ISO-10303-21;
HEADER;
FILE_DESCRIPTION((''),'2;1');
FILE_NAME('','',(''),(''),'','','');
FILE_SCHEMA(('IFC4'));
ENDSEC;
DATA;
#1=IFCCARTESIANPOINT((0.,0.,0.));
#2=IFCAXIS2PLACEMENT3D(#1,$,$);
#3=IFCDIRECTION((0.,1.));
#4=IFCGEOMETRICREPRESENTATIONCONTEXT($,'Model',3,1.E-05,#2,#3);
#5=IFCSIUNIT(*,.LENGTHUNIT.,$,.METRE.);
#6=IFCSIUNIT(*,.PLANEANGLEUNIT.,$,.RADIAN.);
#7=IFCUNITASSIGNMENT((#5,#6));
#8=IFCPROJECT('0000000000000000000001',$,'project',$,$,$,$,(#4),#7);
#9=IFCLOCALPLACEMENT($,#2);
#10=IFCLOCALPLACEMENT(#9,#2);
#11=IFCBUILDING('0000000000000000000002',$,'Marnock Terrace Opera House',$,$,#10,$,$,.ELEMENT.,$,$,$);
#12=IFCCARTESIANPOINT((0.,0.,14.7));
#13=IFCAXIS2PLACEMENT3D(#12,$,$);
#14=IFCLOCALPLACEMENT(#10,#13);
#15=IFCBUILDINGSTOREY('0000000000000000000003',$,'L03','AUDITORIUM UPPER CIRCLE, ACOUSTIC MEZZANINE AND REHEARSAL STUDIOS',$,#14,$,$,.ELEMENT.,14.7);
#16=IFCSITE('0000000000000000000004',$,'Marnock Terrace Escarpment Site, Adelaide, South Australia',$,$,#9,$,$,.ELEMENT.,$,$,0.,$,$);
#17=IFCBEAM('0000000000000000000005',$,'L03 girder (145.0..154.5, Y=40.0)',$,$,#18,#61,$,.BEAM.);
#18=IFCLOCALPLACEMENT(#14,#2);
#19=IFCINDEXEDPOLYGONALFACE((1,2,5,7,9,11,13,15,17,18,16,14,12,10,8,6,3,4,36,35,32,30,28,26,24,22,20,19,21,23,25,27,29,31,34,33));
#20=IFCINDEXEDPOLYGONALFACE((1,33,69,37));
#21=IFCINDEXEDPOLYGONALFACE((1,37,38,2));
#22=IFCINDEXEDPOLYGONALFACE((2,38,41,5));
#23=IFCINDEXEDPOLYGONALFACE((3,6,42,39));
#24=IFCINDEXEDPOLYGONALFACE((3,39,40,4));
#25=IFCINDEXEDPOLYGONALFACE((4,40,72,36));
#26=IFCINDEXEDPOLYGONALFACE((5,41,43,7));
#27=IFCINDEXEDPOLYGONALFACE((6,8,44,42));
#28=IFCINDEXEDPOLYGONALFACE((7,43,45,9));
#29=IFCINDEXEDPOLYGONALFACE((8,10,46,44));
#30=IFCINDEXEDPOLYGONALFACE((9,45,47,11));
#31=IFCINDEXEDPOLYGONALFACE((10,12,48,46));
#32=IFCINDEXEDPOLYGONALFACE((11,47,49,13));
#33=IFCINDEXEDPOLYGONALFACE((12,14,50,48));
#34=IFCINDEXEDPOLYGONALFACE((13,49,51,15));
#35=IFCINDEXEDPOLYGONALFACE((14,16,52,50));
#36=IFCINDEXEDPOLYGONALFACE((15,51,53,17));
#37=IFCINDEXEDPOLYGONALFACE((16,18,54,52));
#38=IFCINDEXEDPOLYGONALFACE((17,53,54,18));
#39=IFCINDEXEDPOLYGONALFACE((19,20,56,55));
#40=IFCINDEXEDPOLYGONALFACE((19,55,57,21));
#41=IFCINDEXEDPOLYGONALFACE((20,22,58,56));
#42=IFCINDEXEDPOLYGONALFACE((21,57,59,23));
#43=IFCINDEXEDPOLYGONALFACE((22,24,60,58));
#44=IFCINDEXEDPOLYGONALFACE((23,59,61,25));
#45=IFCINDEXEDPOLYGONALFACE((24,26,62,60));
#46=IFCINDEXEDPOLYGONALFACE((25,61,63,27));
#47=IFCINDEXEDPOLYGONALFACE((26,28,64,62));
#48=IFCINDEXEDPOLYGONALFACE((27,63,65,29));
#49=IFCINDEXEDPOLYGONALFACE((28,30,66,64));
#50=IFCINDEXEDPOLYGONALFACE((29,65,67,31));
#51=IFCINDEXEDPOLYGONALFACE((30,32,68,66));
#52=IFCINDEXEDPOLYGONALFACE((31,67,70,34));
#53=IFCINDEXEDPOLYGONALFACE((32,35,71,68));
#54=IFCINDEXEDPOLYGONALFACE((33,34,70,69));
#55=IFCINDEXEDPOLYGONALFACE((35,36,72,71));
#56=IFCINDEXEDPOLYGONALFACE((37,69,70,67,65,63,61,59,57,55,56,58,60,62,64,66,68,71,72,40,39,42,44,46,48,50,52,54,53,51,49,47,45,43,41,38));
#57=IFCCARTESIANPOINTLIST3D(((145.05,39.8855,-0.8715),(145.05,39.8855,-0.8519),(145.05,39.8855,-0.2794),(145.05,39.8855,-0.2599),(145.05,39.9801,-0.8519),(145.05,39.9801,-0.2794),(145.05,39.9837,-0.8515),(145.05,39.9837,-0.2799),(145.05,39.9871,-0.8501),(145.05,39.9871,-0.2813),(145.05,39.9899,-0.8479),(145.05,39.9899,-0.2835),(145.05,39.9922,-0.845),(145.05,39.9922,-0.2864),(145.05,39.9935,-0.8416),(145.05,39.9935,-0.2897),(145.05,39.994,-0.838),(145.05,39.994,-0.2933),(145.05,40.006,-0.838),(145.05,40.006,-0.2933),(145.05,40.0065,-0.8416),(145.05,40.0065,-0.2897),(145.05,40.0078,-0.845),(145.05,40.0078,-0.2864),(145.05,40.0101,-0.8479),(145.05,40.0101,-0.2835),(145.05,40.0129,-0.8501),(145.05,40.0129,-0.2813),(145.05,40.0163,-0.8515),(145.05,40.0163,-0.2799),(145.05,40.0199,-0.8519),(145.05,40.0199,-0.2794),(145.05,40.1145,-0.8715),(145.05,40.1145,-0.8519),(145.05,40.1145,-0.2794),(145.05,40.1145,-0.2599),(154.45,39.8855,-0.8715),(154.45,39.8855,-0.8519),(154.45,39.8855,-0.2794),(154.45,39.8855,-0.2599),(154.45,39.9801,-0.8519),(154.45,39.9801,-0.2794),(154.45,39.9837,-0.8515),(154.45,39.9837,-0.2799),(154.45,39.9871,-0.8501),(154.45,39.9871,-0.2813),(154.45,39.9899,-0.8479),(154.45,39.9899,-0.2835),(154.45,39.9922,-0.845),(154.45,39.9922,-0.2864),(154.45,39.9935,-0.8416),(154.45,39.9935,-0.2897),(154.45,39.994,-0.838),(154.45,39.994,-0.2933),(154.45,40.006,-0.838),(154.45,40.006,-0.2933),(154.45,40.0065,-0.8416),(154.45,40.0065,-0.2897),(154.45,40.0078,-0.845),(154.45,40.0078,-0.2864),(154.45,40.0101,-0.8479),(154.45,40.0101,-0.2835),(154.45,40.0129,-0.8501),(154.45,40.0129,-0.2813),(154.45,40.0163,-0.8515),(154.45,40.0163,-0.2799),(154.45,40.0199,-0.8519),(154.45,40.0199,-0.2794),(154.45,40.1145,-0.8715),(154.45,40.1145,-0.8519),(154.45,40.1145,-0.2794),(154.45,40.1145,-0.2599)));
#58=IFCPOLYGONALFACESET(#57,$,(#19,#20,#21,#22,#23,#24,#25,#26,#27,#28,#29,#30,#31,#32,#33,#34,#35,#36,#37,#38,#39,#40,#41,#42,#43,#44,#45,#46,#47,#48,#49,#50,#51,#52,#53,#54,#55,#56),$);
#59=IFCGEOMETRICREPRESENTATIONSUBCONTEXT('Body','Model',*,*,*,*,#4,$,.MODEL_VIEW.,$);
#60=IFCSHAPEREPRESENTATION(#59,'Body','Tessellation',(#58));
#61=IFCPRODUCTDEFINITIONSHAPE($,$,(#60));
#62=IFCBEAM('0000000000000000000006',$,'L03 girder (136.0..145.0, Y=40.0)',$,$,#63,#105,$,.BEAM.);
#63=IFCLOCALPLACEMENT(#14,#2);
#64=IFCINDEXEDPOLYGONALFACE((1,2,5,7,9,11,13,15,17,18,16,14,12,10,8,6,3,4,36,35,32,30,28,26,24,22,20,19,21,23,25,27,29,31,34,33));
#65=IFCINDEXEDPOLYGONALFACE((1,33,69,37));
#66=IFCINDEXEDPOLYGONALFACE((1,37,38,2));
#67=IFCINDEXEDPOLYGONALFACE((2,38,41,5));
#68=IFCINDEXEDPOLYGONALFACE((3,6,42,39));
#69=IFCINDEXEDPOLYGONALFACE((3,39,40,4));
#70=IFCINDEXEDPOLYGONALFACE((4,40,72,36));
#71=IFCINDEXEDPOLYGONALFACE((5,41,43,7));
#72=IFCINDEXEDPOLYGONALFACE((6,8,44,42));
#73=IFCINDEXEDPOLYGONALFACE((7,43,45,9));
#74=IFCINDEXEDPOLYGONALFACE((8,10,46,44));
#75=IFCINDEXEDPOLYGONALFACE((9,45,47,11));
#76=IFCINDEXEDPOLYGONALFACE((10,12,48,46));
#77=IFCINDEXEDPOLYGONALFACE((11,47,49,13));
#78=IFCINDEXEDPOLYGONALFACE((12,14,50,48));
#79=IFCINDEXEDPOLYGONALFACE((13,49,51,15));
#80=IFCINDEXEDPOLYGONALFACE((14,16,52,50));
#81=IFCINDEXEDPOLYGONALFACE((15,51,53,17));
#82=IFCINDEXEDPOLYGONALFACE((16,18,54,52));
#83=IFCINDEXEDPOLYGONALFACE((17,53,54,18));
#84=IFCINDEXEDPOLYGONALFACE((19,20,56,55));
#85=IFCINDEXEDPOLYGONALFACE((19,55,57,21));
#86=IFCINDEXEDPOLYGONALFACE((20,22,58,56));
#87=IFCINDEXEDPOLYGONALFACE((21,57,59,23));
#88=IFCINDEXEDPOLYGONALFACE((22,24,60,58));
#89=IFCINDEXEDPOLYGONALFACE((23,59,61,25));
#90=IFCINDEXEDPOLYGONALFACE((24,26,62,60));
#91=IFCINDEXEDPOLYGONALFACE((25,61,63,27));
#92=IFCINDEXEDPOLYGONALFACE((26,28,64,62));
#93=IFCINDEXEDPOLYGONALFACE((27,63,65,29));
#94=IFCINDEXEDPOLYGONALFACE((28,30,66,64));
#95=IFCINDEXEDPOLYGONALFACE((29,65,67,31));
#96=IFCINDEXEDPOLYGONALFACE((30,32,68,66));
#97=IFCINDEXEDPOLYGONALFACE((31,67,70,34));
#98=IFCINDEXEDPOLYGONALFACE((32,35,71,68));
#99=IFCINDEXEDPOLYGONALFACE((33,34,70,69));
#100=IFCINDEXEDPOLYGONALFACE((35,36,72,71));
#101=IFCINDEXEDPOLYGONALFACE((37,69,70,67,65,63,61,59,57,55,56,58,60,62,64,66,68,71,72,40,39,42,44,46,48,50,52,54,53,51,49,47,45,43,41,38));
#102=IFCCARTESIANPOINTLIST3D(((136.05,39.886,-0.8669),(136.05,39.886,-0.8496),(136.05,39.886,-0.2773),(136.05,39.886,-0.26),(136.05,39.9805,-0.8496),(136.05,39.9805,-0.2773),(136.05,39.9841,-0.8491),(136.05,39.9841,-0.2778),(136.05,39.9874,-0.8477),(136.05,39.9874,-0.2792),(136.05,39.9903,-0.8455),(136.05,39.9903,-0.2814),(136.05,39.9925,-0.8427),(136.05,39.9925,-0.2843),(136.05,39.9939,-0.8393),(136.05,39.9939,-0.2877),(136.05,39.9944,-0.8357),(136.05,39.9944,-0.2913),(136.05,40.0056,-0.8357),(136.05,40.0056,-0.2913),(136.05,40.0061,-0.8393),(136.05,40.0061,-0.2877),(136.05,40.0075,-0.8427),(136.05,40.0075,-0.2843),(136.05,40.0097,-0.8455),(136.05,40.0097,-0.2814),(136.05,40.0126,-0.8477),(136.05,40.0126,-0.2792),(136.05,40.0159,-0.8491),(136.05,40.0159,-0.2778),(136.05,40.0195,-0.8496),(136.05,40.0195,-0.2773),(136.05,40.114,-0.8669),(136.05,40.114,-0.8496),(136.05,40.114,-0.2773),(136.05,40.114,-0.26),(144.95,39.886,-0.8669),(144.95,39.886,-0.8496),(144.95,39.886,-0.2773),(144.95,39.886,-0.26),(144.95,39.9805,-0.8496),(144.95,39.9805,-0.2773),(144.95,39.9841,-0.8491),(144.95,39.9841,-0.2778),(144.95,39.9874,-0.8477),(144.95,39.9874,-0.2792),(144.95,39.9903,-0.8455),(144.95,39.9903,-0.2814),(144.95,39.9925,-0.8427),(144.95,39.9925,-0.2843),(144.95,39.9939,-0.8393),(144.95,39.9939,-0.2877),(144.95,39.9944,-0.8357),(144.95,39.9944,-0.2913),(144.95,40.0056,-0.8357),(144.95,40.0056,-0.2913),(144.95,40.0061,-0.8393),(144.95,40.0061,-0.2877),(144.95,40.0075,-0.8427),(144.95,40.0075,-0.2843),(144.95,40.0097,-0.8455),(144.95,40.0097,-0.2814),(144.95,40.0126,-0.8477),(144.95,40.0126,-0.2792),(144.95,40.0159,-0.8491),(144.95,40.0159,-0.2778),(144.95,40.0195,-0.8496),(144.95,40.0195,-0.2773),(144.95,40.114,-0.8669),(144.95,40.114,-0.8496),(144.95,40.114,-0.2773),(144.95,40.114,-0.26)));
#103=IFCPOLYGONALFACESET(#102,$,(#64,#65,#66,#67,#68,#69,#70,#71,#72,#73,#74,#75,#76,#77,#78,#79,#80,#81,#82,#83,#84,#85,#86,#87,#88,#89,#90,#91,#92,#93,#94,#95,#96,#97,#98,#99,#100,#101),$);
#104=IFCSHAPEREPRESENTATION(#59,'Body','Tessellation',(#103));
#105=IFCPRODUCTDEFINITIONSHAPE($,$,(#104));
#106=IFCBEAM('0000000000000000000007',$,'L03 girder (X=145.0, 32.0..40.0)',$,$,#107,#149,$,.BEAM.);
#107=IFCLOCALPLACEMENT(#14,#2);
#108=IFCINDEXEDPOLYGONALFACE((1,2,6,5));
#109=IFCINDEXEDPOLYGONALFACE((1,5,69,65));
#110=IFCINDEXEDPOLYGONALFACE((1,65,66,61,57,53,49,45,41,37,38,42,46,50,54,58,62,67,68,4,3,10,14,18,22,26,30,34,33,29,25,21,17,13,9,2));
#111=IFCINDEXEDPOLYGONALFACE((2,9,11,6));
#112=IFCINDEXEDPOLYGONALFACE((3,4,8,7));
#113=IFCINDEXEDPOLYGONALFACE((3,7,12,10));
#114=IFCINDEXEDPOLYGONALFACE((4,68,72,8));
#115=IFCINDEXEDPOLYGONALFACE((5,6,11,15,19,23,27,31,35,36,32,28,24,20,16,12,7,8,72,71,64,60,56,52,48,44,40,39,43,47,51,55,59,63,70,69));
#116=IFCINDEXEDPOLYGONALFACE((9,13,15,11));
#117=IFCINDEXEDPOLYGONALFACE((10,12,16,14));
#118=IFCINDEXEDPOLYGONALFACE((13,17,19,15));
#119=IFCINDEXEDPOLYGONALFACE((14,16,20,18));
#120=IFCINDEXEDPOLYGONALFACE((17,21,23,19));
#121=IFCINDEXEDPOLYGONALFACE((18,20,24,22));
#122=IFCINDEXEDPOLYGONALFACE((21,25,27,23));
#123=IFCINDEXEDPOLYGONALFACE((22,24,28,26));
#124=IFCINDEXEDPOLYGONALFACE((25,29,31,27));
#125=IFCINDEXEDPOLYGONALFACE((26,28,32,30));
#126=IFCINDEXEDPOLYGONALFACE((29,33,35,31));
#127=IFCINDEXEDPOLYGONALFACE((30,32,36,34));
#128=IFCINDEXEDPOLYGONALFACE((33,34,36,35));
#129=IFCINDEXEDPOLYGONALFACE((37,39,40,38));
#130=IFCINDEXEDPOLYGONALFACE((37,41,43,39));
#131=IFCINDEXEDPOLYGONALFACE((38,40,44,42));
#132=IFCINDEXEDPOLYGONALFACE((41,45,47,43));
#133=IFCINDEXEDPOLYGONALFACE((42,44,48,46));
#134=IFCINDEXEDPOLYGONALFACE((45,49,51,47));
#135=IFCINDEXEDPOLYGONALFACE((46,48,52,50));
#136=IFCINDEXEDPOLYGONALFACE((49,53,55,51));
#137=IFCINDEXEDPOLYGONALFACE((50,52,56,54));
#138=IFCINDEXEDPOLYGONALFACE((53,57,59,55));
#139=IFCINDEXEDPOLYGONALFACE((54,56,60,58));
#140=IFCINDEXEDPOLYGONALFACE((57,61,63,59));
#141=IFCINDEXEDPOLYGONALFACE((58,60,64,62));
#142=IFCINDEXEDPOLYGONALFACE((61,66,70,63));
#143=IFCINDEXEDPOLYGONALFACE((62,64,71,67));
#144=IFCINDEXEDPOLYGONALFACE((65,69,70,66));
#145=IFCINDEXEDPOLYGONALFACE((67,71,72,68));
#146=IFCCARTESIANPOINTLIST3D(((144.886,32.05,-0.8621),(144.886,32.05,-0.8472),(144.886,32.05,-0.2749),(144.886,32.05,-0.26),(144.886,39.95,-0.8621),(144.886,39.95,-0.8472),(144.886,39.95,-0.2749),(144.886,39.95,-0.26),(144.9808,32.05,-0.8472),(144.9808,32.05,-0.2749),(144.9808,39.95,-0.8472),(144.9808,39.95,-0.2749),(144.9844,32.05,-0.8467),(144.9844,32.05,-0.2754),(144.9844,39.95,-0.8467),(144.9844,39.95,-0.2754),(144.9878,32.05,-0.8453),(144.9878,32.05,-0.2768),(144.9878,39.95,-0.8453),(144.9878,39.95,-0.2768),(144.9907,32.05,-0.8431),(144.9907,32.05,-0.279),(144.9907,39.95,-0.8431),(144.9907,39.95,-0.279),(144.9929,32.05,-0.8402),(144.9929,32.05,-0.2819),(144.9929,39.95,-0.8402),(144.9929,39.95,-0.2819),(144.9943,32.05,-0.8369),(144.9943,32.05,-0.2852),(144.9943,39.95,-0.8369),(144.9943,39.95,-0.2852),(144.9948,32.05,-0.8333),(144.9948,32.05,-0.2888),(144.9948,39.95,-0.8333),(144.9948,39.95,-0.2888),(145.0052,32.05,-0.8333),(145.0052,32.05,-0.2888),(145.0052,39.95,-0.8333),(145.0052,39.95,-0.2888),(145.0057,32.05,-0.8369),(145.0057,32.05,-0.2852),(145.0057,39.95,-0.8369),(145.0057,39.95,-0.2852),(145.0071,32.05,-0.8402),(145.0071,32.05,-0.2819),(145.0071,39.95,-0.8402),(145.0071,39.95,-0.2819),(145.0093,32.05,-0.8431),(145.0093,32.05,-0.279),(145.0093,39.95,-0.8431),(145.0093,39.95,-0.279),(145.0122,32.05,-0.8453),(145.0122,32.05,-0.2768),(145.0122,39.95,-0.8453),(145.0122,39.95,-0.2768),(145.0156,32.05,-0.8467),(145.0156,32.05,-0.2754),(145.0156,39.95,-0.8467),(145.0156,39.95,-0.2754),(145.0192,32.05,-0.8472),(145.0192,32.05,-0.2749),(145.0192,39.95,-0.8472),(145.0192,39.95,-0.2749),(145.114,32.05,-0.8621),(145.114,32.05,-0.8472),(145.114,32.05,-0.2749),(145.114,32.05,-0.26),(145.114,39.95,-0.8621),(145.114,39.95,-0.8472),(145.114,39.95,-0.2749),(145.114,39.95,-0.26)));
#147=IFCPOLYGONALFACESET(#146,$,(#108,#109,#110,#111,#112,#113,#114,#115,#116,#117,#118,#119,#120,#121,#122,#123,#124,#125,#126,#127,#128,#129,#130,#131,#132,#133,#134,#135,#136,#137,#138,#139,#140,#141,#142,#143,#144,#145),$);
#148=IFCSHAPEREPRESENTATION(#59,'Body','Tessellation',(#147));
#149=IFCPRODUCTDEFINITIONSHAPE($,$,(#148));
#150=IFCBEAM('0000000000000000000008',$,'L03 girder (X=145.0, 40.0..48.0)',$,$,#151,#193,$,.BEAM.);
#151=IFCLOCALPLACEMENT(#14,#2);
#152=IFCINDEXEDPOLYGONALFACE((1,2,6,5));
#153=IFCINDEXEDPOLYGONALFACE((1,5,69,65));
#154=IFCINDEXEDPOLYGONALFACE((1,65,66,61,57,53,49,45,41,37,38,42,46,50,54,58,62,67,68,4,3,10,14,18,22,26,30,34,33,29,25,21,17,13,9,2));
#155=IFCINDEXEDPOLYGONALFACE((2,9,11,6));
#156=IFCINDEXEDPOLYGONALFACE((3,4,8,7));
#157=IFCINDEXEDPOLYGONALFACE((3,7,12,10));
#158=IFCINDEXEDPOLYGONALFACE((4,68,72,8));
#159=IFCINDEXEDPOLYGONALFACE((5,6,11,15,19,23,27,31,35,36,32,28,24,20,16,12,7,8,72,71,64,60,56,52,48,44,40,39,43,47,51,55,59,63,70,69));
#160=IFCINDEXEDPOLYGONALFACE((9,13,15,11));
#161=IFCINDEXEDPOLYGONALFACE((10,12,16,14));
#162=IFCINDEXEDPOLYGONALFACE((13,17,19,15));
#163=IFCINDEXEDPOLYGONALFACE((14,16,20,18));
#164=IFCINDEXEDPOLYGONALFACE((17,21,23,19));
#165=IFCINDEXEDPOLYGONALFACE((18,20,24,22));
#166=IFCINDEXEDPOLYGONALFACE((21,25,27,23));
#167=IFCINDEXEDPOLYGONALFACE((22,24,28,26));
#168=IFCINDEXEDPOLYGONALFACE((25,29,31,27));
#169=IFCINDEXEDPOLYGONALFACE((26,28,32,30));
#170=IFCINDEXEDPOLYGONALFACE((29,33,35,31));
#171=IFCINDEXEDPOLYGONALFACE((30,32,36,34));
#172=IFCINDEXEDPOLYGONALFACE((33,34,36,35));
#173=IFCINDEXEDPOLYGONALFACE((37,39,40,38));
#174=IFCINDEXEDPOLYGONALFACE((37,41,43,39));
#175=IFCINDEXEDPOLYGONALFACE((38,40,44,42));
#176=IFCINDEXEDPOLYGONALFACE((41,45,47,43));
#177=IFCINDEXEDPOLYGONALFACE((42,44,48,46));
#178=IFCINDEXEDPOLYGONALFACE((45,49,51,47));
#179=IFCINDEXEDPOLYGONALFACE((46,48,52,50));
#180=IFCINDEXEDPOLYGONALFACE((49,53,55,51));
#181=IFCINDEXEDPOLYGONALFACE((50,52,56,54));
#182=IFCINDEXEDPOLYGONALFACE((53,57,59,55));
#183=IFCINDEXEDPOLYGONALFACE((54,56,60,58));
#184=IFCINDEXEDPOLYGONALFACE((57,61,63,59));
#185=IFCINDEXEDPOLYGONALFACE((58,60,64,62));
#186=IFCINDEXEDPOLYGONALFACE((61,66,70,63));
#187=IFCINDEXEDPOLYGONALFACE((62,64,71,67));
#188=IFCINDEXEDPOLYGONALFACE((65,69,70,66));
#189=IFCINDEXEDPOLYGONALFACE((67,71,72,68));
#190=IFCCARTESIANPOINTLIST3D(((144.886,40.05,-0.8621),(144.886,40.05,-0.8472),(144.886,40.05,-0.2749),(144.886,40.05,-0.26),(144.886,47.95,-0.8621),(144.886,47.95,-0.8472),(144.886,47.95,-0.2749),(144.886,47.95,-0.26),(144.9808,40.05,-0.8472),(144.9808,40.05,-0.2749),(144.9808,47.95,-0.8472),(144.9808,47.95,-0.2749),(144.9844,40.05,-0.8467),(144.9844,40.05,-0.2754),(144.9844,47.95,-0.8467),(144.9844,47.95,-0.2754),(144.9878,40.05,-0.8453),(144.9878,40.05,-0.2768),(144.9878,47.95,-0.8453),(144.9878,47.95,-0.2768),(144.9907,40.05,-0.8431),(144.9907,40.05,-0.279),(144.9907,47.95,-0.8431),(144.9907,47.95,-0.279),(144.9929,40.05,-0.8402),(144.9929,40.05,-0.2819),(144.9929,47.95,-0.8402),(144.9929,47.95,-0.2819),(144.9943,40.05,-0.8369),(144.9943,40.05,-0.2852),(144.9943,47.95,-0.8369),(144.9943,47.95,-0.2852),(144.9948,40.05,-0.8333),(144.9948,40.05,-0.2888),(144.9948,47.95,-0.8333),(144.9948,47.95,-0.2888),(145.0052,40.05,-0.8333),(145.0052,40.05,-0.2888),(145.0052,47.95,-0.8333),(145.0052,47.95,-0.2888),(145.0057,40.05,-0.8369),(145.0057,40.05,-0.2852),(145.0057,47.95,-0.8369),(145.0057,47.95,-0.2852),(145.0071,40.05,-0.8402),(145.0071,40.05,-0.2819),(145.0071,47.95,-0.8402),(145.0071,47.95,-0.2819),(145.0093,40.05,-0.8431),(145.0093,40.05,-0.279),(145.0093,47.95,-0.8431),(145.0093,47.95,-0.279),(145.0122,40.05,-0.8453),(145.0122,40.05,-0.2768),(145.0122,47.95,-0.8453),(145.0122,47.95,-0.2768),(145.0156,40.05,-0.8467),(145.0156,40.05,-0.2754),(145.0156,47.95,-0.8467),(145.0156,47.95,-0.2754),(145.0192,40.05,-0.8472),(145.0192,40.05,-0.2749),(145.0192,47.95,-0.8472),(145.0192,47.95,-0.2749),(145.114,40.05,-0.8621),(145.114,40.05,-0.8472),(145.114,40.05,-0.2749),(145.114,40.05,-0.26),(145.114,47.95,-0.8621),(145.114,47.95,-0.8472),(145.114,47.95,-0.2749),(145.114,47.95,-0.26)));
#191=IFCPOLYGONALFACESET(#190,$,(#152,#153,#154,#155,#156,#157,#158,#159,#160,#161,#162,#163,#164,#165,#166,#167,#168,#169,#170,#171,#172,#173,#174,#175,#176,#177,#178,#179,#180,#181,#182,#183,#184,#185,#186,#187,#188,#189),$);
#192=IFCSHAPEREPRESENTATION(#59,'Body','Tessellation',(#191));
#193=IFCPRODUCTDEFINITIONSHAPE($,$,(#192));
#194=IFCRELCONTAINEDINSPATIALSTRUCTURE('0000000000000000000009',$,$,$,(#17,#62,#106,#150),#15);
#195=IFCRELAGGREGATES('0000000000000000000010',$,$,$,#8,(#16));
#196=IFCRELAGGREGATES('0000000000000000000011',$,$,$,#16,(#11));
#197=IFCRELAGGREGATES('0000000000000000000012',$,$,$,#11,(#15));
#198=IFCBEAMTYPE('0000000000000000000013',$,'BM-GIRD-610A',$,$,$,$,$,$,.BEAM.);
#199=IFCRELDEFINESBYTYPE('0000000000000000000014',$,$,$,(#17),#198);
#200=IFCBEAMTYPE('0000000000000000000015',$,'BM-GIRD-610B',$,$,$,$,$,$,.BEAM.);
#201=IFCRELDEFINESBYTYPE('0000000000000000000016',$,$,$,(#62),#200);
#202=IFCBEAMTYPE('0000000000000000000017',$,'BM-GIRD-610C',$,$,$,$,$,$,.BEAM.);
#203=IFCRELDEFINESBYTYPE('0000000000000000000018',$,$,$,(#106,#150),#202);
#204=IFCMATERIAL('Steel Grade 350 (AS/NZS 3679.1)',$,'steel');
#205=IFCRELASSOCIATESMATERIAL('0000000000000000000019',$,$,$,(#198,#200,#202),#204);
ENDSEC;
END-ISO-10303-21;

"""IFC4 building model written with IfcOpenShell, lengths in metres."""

from ifc_helpers import new_model, si_unit, direction, frame, origin, origin_2d, place, context, subcontext, project, spatial, i_section, extrude, material, material_profile, profile_set, type_object, element, save


model = new_model("IFC4")

# Units and contexts
model_context = context("Model", 3, precision=1e-05, world=origin(), true_north=direction((0.0, 1.0)))
body_context = subcontext(model_context, "Body", "Model", "MODEL_VIEW")
ifc_project = project(units=[si_unit("LENGTHUNIT", "METRE"), si_unit("PLANEANGLEUNIT", "RADIAN")], contexts=[model_context])

# Site, building, storey
site_placement = place(None, origin())
site = spatial("IfcSite", under=ifc_project, at=site_placement, Name="Marnock Terrace Escarpment Site, Adelaide, South Australia", CompositionType="ELEMENT", RefElevation=0.0)
building_placement = place(site_placement, origin())
building = spatial("IfcBuilding", under=site, at=building_placement, Name="Marnock Terrace Opera House", CompositionType="ELEMENT")
storey_placement = place(building_placement, frame((0.0, 0.0, 14.7)))
storey = spatial("IfcBuildingStorey", under=building, at=storey_placement, Name="L03", Description="AUDITORIUM UPPER CIRCLE, ACOUSTIC MEZZANINE AND REHEARSAL STUDIOS", CompositionType="ELEMENT", Elevation=14.7)

# Shared definitions
ifc_material_1 = material(Name="Steel Grade 350 (AS/NZS 3679.1)", Category="steel")

# Beams
ifc_material_profile_1 = material_profile(ifc_material_1, i_section(OverallWidth=0.229, OverallDepth=0.6116, WebThickness=0.012, FlangeThickness=0.0195, FilletRadius=0.0139, at=origin_2d()))
ifc_profile_set_1 = profile_set([ifc_material_profile_1], Name="Steel Grade 350 (AS/NZS 3679.1)")
beam_type_1 = type_object("IfcBeamType", Name="BM-GIRD-610A", PredefinedType="BEAM", material=ifc_profile_set_1)
beam_1_placement = place(storey_placement, frame((145.05, 40.0, -0.5657), z_axis=(1.0, 0.0, 0.0), x_axis=(0.0, 1.0, 0.0)))
element("IfcBeam", 1, at=beam_1_placement, inside=storey, type_object=beam_type_1, Name="L03 girder (145.0..154.5, Y=40.0)", PredefinedType="BEAM", context=body_context, shape_type="SweptSolid", body=[
    extrude(i_section(OverallWidth=0.229, OverallDepth=0.6116, WebThickness=0.012, FlangeThickness=0.0195, FilletRadius=0.0139, at=origin_2d()), origin(), (0.0, 0.0, 1.0), 9.3999),
])
ifc_material_profile_2 = material_profile(ifc_material_1, i_section(OverallWidth=0.228, OverallDepth=0.6069, WebThickness=0.0112, FlangeThickness=0.0173, FilletRadius=0.0139, at=origin_2d()))
ifc_profile_set_2 = profile_set([ifc_material_profile_2], Name="Steel Grade 350 (AS/NZS 3679.1)")
beam_type_2 = type_object("IfcBeamType", Name="BM-GIRD-610B", PredefinedType="BEAM", material=ifc_profile_set_2)
beam_2_placement = place(storey_placement, frame((136.05, 40.0, -0.5635), z_axis=(1.0, 0.0, 0.0), x_axis=(0.0, 1.0, 0.0)))
element("IfcBeam", 2, at=beam_2_placement, inside=storey, type_object=beam_type_2, Name="L03 girder (136.0..145.0, Y=40.0)", PredefinedType="BEAM", context=body_context, shape_type="SweptSolid", body=[
    extrude(i_section(OverallWidth=0.228, OverallDepth=0.6069, WebThickness=0.0112, FlangeThickness=0.0173, FilletRadius=0.0139, at=origin_2d()), origin(), (0.0, 0.0, 1.0), 8.8999),
])
ifc_material_profile_3 = material_profile(ifc_material_1, i_section(OverallWidth=0.228, OverallDepth=0.6021, WebThickness=0.0105, FlangeThickness=0.0149, FilletRadius=0.0139, at=origin_2d()))
ifc_profile_set_3 = profile_set([ifc_material_profile_3], Name="Steel Grade 350 (AS/NZS 3679.1)")
beam_type_3 = type_object("IfcBeamType", Name="BM-GIRD-610C", PredefinedType="BEAM", material=ifc_profile_set_3)
for number, where, z_axis, x_axis, name in (
    (3, (145.0, 32.05, -0.561), (0.0, 1.0, 0.0), (-1.0, 0.0, 0.0), "L03 girder (X=145.0, 32.0..40.0)"),
    (4, (145.0, 40.05, -0.561), (0.0, 1.0, 0.0), (-1.0, 0.0, 0.0), "L03 girder (X=145.0, 40.0..48.0)"),
):
    element("IfcBeam", number, at=place(storey_placement, frame(where, z_axis=z_axis, x_axis=x_axis)), inside=storey, type_object=beam_type_3, Name=name, PredefinedType="BEAM", context=body_context, shape_type="SweptSolid", body=[
        extrude(i_section(OverallWidth=0.228, OverallDepth=0.6021, WebThickness=0.0105, FlangeThickness=0.0149, FilletRadius=0.0139, at=origin_2d()), origin(), (0.0, 0.0, 1.0), 7.8999),
    ])

save(model, "model.ifc")
